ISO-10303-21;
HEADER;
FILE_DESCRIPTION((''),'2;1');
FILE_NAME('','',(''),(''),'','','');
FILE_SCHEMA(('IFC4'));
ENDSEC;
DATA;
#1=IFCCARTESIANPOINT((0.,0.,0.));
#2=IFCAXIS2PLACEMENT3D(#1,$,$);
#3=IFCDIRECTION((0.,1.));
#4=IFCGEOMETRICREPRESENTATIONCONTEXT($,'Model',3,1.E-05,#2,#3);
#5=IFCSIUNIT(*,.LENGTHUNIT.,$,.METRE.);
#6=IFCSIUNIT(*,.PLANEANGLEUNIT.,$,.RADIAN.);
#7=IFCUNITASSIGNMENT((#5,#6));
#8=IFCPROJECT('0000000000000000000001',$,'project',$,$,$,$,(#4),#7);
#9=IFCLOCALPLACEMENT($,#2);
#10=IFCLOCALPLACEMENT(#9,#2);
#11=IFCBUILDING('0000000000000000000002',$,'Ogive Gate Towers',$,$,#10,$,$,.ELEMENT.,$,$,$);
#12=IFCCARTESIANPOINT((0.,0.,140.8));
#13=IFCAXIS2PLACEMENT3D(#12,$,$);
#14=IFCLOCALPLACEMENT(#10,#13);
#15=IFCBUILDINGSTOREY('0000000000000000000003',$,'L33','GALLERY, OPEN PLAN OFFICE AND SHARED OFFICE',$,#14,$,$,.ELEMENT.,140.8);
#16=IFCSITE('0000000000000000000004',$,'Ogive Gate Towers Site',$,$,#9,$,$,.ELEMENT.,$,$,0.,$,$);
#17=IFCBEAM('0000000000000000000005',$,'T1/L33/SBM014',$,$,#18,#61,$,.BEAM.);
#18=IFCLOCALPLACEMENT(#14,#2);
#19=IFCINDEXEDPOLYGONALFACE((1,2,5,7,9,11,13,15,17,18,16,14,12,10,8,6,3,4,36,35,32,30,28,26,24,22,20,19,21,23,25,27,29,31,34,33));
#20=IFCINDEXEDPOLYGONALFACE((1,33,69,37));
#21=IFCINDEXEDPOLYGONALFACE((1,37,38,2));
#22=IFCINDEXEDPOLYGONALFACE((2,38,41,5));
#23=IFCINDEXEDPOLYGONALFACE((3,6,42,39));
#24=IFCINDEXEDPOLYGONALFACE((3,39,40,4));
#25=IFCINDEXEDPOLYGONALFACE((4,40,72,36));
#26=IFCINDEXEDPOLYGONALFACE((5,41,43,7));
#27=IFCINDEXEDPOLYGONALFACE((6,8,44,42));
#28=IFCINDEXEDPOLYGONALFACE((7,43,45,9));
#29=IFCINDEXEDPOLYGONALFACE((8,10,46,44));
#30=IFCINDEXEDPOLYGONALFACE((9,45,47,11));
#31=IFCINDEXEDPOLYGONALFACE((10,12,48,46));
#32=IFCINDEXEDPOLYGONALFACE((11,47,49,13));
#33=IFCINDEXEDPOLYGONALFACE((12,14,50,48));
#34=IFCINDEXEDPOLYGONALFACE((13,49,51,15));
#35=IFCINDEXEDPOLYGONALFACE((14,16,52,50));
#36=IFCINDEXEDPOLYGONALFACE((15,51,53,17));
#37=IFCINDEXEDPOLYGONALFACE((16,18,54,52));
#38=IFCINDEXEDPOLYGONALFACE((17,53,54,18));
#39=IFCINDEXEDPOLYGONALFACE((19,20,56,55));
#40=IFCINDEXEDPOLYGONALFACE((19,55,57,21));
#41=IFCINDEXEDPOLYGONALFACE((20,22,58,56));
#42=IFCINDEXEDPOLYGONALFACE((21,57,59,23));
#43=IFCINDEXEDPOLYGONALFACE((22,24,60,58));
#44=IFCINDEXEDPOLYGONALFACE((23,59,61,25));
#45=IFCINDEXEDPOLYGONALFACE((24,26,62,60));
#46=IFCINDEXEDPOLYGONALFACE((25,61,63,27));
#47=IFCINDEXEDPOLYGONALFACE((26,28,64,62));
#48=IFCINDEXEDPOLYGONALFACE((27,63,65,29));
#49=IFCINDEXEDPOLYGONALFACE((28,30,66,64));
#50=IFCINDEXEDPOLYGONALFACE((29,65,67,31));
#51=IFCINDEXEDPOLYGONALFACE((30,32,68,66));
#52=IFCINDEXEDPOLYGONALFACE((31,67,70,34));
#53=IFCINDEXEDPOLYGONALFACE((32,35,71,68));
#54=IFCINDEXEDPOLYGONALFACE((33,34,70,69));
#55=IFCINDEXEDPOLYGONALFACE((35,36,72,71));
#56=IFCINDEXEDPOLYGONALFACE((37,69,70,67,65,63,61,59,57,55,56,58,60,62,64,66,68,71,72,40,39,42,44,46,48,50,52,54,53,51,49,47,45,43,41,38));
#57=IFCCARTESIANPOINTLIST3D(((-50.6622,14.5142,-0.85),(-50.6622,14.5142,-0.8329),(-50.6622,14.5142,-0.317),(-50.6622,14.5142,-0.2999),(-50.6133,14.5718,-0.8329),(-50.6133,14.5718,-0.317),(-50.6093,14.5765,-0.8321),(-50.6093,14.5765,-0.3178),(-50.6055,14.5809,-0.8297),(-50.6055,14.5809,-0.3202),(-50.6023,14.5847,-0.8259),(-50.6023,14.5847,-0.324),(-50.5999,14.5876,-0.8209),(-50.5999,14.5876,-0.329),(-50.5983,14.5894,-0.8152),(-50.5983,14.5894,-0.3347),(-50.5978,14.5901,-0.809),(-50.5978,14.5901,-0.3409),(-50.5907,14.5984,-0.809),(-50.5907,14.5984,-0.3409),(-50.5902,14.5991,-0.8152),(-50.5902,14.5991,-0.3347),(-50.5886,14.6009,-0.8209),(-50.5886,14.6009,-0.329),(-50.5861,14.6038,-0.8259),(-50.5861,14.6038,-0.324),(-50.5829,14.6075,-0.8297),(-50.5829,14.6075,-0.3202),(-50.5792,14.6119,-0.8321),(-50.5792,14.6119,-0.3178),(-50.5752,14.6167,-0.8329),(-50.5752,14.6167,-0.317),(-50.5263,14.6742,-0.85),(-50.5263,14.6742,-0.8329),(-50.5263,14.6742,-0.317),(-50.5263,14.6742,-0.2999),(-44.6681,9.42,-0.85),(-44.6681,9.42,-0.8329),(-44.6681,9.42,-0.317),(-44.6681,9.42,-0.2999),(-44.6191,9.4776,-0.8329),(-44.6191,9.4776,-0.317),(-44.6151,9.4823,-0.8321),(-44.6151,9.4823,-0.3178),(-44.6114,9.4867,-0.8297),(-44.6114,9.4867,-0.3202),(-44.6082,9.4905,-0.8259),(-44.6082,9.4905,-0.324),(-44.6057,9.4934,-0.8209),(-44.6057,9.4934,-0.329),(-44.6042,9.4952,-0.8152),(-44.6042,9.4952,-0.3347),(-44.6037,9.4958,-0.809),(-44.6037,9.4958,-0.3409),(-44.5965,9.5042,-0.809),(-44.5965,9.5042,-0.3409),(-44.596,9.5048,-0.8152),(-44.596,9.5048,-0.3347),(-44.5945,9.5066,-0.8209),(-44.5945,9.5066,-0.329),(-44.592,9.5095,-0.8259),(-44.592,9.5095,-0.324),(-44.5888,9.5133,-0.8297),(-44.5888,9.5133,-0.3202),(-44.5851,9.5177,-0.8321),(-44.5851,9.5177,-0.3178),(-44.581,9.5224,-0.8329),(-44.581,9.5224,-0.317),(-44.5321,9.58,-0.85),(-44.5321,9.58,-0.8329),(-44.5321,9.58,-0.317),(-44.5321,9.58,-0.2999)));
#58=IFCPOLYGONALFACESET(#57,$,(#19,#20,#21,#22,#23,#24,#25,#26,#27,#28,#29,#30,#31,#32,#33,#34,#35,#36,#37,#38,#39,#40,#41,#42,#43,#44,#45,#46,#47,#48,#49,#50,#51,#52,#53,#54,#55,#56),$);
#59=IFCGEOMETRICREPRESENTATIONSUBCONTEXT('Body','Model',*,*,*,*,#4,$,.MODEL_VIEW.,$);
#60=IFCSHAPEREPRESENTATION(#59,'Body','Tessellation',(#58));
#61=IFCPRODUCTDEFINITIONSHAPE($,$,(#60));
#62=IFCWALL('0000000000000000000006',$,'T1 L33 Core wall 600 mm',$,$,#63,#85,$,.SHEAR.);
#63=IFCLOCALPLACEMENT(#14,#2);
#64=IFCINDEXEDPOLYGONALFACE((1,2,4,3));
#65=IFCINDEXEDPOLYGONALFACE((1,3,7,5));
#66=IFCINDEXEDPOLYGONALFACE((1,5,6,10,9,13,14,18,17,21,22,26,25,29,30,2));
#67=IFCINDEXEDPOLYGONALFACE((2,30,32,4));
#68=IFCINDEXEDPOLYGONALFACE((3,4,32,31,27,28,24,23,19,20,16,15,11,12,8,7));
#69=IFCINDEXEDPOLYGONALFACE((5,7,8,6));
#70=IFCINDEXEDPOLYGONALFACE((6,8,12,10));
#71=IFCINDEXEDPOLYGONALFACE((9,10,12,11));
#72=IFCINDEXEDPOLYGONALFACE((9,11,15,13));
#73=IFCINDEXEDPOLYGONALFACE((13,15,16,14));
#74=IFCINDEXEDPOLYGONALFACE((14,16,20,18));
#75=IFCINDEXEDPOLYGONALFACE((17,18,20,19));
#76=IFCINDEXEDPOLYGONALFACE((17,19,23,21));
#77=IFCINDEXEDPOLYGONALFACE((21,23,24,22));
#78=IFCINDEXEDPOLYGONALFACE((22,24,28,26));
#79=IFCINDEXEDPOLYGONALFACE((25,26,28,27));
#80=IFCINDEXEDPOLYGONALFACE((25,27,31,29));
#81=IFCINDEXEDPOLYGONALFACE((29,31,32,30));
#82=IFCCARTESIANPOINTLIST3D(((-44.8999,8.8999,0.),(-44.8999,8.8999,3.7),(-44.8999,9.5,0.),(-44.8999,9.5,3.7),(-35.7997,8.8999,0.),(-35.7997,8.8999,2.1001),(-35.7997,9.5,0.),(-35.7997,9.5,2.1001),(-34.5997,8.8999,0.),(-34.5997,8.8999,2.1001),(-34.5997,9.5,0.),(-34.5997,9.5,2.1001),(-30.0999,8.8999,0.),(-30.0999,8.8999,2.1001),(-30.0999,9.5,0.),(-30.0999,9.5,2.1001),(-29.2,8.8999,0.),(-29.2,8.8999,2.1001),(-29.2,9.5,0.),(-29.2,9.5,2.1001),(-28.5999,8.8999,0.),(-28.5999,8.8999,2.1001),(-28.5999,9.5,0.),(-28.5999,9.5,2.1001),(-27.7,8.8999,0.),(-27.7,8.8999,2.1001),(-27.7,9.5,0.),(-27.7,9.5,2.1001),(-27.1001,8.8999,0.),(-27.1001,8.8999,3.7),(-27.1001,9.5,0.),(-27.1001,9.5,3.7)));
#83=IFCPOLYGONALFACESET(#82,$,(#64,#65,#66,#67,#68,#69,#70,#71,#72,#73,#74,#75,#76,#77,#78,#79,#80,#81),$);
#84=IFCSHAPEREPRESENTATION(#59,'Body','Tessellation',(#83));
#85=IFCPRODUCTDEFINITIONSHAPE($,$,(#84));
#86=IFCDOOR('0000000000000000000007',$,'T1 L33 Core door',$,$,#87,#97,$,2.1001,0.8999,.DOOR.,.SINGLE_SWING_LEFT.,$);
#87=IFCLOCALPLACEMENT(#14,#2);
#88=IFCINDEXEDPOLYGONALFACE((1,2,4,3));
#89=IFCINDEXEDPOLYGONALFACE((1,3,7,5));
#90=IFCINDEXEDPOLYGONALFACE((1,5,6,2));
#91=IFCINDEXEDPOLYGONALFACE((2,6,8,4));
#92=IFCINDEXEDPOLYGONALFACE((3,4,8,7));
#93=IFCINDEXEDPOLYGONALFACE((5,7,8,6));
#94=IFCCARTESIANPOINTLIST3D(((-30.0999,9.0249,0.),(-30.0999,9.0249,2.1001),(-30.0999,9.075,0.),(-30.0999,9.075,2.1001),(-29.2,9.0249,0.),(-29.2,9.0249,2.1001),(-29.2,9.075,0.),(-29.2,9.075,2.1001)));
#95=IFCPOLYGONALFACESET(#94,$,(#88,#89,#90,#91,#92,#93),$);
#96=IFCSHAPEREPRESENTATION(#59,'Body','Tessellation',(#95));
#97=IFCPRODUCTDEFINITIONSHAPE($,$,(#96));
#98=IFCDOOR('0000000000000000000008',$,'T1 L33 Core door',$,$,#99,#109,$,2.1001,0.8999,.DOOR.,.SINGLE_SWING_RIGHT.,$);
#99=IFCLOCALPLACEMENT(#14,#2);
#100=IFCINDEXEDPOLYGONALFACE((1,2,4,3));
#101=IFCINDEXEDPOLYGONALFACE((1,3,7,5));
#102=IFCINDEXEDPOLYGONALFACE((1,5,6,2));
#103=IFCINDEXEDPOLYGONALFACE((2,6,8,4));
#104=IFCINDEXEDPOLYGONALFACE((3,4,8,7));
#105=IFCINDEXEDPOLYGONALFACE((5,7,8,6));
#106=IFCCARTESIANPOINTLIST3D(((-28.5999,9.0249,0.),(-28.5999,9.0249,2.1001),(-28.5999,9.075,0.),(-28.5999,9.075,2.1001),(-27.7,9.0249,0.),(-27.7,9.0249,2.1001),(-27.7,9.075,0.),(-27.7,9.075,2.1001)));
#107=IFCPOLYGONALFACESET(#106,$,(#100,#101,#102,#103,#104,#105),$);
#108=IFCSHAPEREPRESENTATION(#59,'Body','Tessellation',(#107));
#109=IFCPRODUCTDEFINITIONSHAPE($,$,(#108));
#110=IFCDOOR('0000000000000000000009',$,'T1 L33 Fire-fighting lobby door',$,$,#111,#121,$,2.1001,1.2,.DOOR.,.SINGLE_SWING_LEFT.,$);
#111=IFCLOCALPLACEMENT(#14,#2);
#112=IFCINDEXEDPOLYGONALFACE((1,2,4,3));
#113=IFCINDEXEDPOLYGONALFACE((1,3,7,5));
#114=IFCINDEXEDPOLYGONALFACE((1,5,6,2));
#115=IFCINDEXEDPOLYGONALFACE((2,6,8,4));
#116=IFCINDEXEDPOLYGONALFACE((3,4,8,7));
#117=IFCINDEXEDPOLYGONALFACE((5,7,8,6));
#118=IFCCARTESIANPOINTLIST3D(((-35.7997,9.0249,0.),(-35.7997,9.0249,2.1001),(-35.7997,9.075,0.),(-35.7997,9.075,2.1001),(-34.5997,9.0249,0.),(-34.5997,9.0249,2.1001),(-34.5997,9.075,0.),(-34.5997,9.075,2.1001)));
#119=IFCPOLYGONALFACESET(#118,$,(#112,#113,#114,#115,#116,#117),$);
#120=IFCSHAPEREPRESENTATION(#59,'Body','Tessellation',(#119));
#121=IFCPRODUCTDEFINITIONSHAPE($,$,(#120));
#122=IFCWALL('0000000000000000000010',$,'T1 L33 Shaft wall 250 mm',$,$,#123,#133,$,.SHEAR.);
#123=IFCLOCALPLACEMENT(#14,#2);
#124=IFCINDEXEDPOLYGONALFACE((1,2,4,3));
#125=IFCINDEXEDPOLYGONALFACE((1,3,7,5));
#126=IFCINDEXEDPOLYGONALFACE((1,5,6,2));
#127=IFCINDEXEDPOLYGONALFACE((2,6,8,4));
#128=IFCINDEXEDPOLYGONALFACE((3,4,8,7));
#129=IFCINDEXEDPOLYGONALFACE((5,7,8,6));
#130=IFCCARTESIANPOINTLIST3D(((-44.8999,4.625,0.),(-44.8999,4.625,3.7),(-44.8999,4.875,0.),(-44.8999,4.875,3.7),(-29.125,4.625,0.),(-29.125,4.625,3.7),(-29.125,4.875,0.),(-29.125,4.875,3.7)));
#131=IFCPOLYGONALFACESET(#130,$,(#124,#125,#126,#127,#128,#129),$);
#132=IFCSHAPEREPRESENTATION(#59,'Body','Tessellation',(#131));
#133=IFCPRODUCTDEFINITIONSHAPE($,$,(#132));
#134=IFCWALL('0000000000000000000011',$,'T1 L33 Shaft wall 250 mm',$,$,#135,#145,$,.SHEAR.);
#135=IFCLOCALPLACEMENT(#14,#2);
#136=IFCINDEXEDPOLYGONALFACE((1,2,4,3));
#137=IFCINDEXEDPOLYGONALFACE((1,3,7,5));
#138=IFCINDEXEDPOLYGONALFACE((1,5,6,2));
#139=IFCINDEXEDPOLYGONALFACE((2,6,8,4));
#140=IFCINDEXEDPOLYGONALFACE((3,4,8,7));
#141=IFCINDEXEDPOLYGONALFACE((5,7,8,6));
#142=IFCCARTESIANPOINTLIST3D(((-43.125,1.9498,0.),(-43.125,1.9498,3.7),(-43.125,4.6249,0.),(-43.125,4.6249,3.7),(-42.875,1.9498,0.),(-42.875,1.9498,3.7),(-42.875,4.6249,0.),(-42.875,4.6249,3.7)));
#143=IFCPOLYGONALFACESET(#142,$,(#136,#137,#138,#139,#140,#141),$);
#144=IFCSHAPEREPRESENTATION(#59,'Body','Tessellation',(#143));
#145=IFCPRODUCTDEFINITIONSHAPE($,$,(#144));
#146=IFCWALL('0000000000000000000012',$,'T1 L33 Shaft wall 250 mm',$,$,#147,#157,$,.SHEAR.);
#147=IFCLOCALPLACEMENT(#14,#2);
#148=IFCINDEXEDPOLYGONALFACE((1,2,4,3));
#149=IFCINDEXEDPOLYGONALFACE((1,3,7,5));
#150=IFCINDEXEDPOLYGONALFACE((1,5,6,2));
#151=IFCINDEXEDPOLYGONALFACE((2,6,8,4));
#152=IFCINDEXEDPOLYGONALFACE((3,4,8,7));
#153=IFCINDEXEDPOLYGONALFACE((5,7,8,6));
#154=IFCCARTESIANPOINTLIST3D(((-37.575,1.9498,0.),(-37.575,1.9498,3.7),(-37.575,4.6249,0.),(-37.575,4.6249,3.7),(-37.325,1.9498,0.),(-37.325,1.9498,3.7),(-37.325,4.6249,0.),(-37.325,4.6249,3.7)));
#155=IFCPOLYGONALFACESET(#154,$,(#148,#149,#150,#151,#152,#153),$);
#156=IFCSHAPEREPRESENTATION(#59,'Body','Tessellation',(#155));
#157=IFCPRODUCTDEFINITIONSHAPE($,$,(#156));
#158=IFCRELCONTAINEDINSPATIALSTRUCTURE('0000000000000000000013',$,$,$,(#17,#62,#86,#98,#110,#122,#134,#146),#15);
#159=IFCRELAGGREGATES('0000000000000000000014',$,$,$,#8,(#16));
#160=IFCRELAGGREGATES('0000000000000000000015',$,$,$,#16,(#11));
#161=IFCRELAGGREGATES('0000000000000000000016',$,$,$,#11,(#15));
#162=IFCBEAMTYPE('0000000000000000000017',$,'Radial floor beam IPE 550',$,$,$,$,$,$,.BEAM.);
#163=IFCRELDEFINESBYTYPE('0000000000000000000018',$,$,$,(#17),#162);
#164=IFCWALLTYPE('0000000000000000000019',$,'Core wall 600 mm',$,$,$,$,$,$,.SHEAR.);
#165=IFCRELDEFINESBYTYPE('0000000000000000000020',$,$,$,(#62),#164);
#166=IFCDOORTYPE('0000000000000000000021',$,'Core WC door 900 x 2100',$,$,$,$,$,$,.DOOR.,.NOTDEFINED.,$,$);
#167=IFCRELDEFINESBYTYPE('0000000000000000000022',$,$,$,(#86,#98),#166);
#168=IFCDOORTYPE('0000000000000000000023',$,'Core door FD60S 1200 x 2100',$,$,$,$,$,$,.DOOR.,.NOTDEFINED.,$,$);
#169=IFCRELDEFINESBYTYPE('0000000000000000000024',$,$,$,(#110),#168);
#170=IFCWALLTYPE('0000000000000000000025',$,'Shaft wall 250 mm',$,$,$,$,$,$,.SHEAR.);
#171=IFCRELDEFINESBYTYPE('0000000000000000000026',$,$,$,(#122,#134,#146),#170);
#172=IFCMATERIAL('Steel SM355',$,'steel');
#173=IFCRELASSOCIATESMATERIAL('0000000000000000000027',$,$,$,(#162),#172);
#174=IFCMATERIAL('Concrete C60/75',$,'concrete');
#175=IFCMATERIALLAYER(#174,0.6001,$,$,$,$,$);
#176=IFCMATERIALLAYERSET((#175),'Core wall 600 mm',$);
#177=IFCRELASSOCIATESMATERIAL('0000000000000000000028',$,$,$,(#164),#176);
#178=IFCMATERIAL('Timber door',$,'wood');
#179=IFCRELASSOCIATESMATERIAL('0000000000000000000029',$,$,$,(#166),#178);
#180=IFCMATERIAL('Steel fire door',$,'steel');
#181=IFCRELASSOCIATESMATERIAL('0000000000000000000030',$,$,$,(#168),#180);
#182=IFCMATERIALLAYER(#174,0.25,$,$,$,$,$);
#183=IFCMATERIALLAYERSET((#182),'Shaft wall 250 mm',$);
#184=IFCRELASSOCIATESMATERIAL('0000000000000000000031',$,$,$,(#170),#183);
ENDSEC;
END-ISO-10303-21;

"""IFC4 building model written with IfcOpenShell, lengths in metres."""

from ifc_helpers import new_model, si_unit, direction, frame, frame_2d, origin, origin_2d, place, context, subcontext, project, spatial, rectangle, i_section, extrude, material, layer, layer_set, material_profile, profile_set, type_object, element, fill, save


model = new_model("IFC4")

# Units and contexts
model_context = context("Model", 3, precision=1e-05, world=origin(), true_north=direction((0.0, 1.0)))
body_context = subcontext(model_context, "Body", "Model", "MODEL_VIEW")
ifc_project = project(units=[si_unit("LENGTHUNIT", "METRE"), si_unit("PLANEANGLEUNIT", "RADIAN")], contexts=[model_context])

# Site, building, storey
site_placement = place(None, origin())
site = spatial("IfcSite", under=ifc_project, at=site_placement, Name="Ogive Gate Towers Site", CompositionType="ELEMENT", RefElevation=0.0)
building_placement = place(site_placement, origin())
building = spatial("IfcBuilding", under=site, at=building_placement, Name="Ogive Gate Towers", CompositionType="ELEMENT")
storey_placement = place(building_placement, frame((0.0, 0.0, 140.8)))
storey = spatial("IfcBuildingStorey", under=building, at=storey_placement, Name="L33", Description="GALLERY, OPEN PLAN OFFICE AND SHARED OFFICE", CompositionType="ELEMENT", Elevation=140.8)

# Beam
ifc_material_1 = material(Name="Steel SM355", Category="steel")
ifc_material_profile = material_profile(ifc_material_1, i_section(OverallWidth=0.21, OverallDepth=0.55, WebThickness=0.011, FlangeThickness=0.0171, FilletRadius=0.0239, at=origin_2d()), Name="IPE 550")
ifc_profile_set = profile_set([ifc_material_profile], Name="Steel SM355")
beam_type = type_object("IfcBeamType", Name="Radial floor beam IPE 550", PredefinedType="BEAM", material=ifc_profile_set)
beam_placement = place(storey_placement, frame((-44.6001, 9.5, -0.575), z_axis=(-0.761988, 0.647591, 0.0), x_axis=(-0.647591, -0.761988, 0.0)))
element("IfcBeam", 1, at=beam_placement, inside=storey, type_object=beam_type, Name="T1/L33/SBM014", PredefinedType="BEAM", context=body_context, shape_type="SweptSolid", body=[
    extrude(i_section(OverallWidth=0.21, OverallDepth=0.55, WebThickness=0.011, FlangeThickness=0.0171, FilletRadius=0.0239, at=origin_2d()), origin(), (0.0, 0.0, 1.0), 7.8665),
])

# Wall, openings, doors
ifc_material_2 = material(Name="Concrete C60/75", Category="concrete")
ifc_layer_1 = layer(ifc_material_2, 0.6001)
ifc_layer_set_1 = layer_set([ifc_layer_1], Name="Core wall 600 mm")
wall_type_1 = type_object("IfcWallType", Name="Core wall 600 mm", PredefinedType="SHEAR", material=ifc_layer_set_1)
wall_1_placement = place(storey_placement, frame((-44.8999, 9.2, 0.0), z_axis=(0.0, 0.0, 1.0), x_axis=(1.0, 0.0, 0.0)))
wall_1 = element("IfcWall", 2, at=wall_1_placement, inside=storey, type_object=wall_type_1, Name="T1 L33 Core wall 600 mm", PredefinedType="SHEAR", context=body_context, shape_type="SweptSolid", body=[
    extrude(rectangle(XDim=17.7998, YDim=0.6001, at=frame_2d((8.8999, 0.0))), origin(), (0.0, 0.0, 1.0), 3.7),
])
opening_1_placement = place(wall_1_placement, frame((9.1001, 0.0, 0.0)))
opening_1 = element("IfcOpeningElement", 3, at=opening_1_placement, cuts=wall_1, PredefinedType="OPENING", context=body_context, shape_type="SweptSolid", body=[
    extrude(rectangle(XDim=1.2, YDim=2.1001, at=frame_2d((0.6001, 1.05))), frame((0.0, 0.3101, 0.0), z_axis=(0.0, -1.0, 0.0), x_axis=(1.0, 0.0, 0.0)), (0.0, 0.0, 1.0), 0.6201),
])
opening_2_placement = place(wall_1_placement, frame((14.8, 0.0, 0.0)))
opening_2 = element("IfcOpeningElement", 4, at=opening_2_placement, cuts=wall_1, PredefinedType="OPENING", context=body_context, shape_type="SweptSolid", body=[
    extrude(rectangle(XDim=0.8999, YDim=2.1001, at=frame_2d((0.45, 1.05))), frame((0.0, 0.3101, 0.0), z_axis=(0.0, -1.0, 0.0), x_axis=(1.0, 0.0, 0.0)), (0.0, 0.0, 1.0), 0.6201),
])
opening_3_placement = place(wall_1_placement, frame((16.3, 0.0, 0.0)))
opening_3 = element("IfcOpeningElement", 5, at=opening_3_placement, cuts=wall_1, PredefinedType="OPENING", context=body_context, shape_type="SweptSolid", body=[
    extrude(rectangle(XDim=0.8999, YDim=2.1001, at=frame_2d((0.45, 1.05))), frame((0.0, 0.3101, 0.0), z_axis=(0.0, -1.0, 0.0), x_axis=(1.0, 0.0, 0.0)), (0.0, 0.0, 1.0), 0.6201),
])
ifc_material_3 = material(Name="Timber door", Category="wood")
door_type_1 = type_object("IfcDoorType", Name="Core WC door 900 x 2100", OperationType="NOTDEFINED", PredefinedType="DOOR", material=ifc_material_3)
door_1_placement = place(opening_2_placement, origin())
door_1 = element("IfcDoor", 6, at=door_1_placement, inside=storey, type_object=door_type_1, Name="T1 L33 Core door", OperationType="SINGLE_SWING_LEFT", OverallHeight=2.1001, OverallWidth=0.8999, PredefinedType="DOOR", context=body_context, shape_type="SweptSolid", body=[
    extrude(rectangle(XDim=0.8999, YDim=2.1001, at=frame_2d((0.45, 1.05))), frame((0.0, -0.125, 0.0), z_axis=(0.0, -1.0, 0.0), x_axis=(1.0, 0.0, 0.0)), (0.0, 0.0, 1.0), 0.05),
])
fill(opening_2, door_1)
door_2_placement = place(opening_3_placement, origin())
door_2 = element("IfcDoor", 7, at=door_2_placement, inside=storey, type_object=door_type_1, Name="T1 L33 Core door", OperationType="SINGLE_SWING_RIGHT", OverallHeight=2.1001, OverallWidth=0.8999, PredefinedType="DOOR", context=body_context, shape_type="SweptSolid", body=[
    extrude(rectangle(XDim=0.8999, YDim=2.1001, at=frame_2d((0.45, 1.05))), frame((0.0, -0.125, 0.0), z_axis=(0.0, -1.0, 0.0), x_axis=(1.0, 0.0, 0.0)), (0.0, 0.0, 1.0), 0.05),
])
fill(opening_3, door_2)
ifc_material_4 = material(Name="Steel fire door", Category="steel")
door_type_2 = type_object("IfcDoorType", Name="Core door FD60S 1200 x 2100", OperationType="NOTDEFINED", PredefinedType="DOOR", material=ifc_material_4)
door_3_placement = place(opening_1_placement, origin())
door_3 = element("IfcDoor", 8, at=door_3_placement, inside=storey, type_object=door_type_2, Name="T1 L33 Fire-fighting lobby door", OperationType="SINGLE_SWING_LEFT", OverallHeight=2.1001, OverallWidth=1.2, PredefinedType="DOOR", context=body_context, shape_type="SweptSolid", body=[
    extrude(rectangle(XDim=1.2, YDim=2.1001, at=frame_2d((0.6001, 1.05))), frame((0.0, -0.125, 0.0), z_axis=(0.0, -1.0, 0.0), x_axis=(1.0, 0.0, 0.0)), (0.0, 0.0, 1.0), 0.05),
])
fill(opening_1, door_3)

# Walls
ifc_layer_2 = layer(ifc_material_2, 0.25)
ifc_layer_set_2 = layer_set([ifc_layer_2], Name="Shaft wall 250 mm")
wall_type_2 = type_object("IfcWallType", Name="Shaft wall 250 mm", PredefinedType="SHEAR", material=ifc_layer_set_2)
wall_2_placement = place(storey_placement, frame((-44.8999, 4.75, 0.0), z_axis=(0.0, 0.0, 1.0), x_axis=(1.0, 0.0, 0.0)))
element("IfcWall", 9, at=wall_2_placement, inside=storey, type_object=wall_type_2, Name="T1 L33 Shaft wall 250 mm", PredefinedType="SHEAR", context=body_context, shape_type="SweptSolid", body=[
    extrude(rectangle(XDim=15.7749, YDim=0.25, at=frame_2d((7.8875, 0.0))), origin(), (0.0, 0.0, 1.0), 3.7),
])
for number, where, z_axis, x_axis, name in (
    (10, (-43.0, 1.95, 0.0), (0.0, 0.0, 1.0), (0.0, 1.0, 0.0), "T1 L33 Shaft wall 250 mm"),
    (11, (-37.45, 1.95, 0.0), (0.0, 0.0, 1.0), (0.0, 1.0, 0.0), "T1 L33 Shaft wall 250 mm"),
):
    element("IfcWall", number, at=place(storey_placement, frame(where, z_axis=z_axis, x_axis=x_axis)), inside=storey, type_object=wall_type_2, Name=name, PredefinedType="SHEAR", context=body_context, shape_type="SweptSolid", body=[
        extrude(rectangle(XDim=2.675, YDim=0.25, at=frame_2d((1.3374, 0.0))), origin(), (0.0, 0.0, 1.0), 3.7),
    ])

save(model, "model.ifc")
